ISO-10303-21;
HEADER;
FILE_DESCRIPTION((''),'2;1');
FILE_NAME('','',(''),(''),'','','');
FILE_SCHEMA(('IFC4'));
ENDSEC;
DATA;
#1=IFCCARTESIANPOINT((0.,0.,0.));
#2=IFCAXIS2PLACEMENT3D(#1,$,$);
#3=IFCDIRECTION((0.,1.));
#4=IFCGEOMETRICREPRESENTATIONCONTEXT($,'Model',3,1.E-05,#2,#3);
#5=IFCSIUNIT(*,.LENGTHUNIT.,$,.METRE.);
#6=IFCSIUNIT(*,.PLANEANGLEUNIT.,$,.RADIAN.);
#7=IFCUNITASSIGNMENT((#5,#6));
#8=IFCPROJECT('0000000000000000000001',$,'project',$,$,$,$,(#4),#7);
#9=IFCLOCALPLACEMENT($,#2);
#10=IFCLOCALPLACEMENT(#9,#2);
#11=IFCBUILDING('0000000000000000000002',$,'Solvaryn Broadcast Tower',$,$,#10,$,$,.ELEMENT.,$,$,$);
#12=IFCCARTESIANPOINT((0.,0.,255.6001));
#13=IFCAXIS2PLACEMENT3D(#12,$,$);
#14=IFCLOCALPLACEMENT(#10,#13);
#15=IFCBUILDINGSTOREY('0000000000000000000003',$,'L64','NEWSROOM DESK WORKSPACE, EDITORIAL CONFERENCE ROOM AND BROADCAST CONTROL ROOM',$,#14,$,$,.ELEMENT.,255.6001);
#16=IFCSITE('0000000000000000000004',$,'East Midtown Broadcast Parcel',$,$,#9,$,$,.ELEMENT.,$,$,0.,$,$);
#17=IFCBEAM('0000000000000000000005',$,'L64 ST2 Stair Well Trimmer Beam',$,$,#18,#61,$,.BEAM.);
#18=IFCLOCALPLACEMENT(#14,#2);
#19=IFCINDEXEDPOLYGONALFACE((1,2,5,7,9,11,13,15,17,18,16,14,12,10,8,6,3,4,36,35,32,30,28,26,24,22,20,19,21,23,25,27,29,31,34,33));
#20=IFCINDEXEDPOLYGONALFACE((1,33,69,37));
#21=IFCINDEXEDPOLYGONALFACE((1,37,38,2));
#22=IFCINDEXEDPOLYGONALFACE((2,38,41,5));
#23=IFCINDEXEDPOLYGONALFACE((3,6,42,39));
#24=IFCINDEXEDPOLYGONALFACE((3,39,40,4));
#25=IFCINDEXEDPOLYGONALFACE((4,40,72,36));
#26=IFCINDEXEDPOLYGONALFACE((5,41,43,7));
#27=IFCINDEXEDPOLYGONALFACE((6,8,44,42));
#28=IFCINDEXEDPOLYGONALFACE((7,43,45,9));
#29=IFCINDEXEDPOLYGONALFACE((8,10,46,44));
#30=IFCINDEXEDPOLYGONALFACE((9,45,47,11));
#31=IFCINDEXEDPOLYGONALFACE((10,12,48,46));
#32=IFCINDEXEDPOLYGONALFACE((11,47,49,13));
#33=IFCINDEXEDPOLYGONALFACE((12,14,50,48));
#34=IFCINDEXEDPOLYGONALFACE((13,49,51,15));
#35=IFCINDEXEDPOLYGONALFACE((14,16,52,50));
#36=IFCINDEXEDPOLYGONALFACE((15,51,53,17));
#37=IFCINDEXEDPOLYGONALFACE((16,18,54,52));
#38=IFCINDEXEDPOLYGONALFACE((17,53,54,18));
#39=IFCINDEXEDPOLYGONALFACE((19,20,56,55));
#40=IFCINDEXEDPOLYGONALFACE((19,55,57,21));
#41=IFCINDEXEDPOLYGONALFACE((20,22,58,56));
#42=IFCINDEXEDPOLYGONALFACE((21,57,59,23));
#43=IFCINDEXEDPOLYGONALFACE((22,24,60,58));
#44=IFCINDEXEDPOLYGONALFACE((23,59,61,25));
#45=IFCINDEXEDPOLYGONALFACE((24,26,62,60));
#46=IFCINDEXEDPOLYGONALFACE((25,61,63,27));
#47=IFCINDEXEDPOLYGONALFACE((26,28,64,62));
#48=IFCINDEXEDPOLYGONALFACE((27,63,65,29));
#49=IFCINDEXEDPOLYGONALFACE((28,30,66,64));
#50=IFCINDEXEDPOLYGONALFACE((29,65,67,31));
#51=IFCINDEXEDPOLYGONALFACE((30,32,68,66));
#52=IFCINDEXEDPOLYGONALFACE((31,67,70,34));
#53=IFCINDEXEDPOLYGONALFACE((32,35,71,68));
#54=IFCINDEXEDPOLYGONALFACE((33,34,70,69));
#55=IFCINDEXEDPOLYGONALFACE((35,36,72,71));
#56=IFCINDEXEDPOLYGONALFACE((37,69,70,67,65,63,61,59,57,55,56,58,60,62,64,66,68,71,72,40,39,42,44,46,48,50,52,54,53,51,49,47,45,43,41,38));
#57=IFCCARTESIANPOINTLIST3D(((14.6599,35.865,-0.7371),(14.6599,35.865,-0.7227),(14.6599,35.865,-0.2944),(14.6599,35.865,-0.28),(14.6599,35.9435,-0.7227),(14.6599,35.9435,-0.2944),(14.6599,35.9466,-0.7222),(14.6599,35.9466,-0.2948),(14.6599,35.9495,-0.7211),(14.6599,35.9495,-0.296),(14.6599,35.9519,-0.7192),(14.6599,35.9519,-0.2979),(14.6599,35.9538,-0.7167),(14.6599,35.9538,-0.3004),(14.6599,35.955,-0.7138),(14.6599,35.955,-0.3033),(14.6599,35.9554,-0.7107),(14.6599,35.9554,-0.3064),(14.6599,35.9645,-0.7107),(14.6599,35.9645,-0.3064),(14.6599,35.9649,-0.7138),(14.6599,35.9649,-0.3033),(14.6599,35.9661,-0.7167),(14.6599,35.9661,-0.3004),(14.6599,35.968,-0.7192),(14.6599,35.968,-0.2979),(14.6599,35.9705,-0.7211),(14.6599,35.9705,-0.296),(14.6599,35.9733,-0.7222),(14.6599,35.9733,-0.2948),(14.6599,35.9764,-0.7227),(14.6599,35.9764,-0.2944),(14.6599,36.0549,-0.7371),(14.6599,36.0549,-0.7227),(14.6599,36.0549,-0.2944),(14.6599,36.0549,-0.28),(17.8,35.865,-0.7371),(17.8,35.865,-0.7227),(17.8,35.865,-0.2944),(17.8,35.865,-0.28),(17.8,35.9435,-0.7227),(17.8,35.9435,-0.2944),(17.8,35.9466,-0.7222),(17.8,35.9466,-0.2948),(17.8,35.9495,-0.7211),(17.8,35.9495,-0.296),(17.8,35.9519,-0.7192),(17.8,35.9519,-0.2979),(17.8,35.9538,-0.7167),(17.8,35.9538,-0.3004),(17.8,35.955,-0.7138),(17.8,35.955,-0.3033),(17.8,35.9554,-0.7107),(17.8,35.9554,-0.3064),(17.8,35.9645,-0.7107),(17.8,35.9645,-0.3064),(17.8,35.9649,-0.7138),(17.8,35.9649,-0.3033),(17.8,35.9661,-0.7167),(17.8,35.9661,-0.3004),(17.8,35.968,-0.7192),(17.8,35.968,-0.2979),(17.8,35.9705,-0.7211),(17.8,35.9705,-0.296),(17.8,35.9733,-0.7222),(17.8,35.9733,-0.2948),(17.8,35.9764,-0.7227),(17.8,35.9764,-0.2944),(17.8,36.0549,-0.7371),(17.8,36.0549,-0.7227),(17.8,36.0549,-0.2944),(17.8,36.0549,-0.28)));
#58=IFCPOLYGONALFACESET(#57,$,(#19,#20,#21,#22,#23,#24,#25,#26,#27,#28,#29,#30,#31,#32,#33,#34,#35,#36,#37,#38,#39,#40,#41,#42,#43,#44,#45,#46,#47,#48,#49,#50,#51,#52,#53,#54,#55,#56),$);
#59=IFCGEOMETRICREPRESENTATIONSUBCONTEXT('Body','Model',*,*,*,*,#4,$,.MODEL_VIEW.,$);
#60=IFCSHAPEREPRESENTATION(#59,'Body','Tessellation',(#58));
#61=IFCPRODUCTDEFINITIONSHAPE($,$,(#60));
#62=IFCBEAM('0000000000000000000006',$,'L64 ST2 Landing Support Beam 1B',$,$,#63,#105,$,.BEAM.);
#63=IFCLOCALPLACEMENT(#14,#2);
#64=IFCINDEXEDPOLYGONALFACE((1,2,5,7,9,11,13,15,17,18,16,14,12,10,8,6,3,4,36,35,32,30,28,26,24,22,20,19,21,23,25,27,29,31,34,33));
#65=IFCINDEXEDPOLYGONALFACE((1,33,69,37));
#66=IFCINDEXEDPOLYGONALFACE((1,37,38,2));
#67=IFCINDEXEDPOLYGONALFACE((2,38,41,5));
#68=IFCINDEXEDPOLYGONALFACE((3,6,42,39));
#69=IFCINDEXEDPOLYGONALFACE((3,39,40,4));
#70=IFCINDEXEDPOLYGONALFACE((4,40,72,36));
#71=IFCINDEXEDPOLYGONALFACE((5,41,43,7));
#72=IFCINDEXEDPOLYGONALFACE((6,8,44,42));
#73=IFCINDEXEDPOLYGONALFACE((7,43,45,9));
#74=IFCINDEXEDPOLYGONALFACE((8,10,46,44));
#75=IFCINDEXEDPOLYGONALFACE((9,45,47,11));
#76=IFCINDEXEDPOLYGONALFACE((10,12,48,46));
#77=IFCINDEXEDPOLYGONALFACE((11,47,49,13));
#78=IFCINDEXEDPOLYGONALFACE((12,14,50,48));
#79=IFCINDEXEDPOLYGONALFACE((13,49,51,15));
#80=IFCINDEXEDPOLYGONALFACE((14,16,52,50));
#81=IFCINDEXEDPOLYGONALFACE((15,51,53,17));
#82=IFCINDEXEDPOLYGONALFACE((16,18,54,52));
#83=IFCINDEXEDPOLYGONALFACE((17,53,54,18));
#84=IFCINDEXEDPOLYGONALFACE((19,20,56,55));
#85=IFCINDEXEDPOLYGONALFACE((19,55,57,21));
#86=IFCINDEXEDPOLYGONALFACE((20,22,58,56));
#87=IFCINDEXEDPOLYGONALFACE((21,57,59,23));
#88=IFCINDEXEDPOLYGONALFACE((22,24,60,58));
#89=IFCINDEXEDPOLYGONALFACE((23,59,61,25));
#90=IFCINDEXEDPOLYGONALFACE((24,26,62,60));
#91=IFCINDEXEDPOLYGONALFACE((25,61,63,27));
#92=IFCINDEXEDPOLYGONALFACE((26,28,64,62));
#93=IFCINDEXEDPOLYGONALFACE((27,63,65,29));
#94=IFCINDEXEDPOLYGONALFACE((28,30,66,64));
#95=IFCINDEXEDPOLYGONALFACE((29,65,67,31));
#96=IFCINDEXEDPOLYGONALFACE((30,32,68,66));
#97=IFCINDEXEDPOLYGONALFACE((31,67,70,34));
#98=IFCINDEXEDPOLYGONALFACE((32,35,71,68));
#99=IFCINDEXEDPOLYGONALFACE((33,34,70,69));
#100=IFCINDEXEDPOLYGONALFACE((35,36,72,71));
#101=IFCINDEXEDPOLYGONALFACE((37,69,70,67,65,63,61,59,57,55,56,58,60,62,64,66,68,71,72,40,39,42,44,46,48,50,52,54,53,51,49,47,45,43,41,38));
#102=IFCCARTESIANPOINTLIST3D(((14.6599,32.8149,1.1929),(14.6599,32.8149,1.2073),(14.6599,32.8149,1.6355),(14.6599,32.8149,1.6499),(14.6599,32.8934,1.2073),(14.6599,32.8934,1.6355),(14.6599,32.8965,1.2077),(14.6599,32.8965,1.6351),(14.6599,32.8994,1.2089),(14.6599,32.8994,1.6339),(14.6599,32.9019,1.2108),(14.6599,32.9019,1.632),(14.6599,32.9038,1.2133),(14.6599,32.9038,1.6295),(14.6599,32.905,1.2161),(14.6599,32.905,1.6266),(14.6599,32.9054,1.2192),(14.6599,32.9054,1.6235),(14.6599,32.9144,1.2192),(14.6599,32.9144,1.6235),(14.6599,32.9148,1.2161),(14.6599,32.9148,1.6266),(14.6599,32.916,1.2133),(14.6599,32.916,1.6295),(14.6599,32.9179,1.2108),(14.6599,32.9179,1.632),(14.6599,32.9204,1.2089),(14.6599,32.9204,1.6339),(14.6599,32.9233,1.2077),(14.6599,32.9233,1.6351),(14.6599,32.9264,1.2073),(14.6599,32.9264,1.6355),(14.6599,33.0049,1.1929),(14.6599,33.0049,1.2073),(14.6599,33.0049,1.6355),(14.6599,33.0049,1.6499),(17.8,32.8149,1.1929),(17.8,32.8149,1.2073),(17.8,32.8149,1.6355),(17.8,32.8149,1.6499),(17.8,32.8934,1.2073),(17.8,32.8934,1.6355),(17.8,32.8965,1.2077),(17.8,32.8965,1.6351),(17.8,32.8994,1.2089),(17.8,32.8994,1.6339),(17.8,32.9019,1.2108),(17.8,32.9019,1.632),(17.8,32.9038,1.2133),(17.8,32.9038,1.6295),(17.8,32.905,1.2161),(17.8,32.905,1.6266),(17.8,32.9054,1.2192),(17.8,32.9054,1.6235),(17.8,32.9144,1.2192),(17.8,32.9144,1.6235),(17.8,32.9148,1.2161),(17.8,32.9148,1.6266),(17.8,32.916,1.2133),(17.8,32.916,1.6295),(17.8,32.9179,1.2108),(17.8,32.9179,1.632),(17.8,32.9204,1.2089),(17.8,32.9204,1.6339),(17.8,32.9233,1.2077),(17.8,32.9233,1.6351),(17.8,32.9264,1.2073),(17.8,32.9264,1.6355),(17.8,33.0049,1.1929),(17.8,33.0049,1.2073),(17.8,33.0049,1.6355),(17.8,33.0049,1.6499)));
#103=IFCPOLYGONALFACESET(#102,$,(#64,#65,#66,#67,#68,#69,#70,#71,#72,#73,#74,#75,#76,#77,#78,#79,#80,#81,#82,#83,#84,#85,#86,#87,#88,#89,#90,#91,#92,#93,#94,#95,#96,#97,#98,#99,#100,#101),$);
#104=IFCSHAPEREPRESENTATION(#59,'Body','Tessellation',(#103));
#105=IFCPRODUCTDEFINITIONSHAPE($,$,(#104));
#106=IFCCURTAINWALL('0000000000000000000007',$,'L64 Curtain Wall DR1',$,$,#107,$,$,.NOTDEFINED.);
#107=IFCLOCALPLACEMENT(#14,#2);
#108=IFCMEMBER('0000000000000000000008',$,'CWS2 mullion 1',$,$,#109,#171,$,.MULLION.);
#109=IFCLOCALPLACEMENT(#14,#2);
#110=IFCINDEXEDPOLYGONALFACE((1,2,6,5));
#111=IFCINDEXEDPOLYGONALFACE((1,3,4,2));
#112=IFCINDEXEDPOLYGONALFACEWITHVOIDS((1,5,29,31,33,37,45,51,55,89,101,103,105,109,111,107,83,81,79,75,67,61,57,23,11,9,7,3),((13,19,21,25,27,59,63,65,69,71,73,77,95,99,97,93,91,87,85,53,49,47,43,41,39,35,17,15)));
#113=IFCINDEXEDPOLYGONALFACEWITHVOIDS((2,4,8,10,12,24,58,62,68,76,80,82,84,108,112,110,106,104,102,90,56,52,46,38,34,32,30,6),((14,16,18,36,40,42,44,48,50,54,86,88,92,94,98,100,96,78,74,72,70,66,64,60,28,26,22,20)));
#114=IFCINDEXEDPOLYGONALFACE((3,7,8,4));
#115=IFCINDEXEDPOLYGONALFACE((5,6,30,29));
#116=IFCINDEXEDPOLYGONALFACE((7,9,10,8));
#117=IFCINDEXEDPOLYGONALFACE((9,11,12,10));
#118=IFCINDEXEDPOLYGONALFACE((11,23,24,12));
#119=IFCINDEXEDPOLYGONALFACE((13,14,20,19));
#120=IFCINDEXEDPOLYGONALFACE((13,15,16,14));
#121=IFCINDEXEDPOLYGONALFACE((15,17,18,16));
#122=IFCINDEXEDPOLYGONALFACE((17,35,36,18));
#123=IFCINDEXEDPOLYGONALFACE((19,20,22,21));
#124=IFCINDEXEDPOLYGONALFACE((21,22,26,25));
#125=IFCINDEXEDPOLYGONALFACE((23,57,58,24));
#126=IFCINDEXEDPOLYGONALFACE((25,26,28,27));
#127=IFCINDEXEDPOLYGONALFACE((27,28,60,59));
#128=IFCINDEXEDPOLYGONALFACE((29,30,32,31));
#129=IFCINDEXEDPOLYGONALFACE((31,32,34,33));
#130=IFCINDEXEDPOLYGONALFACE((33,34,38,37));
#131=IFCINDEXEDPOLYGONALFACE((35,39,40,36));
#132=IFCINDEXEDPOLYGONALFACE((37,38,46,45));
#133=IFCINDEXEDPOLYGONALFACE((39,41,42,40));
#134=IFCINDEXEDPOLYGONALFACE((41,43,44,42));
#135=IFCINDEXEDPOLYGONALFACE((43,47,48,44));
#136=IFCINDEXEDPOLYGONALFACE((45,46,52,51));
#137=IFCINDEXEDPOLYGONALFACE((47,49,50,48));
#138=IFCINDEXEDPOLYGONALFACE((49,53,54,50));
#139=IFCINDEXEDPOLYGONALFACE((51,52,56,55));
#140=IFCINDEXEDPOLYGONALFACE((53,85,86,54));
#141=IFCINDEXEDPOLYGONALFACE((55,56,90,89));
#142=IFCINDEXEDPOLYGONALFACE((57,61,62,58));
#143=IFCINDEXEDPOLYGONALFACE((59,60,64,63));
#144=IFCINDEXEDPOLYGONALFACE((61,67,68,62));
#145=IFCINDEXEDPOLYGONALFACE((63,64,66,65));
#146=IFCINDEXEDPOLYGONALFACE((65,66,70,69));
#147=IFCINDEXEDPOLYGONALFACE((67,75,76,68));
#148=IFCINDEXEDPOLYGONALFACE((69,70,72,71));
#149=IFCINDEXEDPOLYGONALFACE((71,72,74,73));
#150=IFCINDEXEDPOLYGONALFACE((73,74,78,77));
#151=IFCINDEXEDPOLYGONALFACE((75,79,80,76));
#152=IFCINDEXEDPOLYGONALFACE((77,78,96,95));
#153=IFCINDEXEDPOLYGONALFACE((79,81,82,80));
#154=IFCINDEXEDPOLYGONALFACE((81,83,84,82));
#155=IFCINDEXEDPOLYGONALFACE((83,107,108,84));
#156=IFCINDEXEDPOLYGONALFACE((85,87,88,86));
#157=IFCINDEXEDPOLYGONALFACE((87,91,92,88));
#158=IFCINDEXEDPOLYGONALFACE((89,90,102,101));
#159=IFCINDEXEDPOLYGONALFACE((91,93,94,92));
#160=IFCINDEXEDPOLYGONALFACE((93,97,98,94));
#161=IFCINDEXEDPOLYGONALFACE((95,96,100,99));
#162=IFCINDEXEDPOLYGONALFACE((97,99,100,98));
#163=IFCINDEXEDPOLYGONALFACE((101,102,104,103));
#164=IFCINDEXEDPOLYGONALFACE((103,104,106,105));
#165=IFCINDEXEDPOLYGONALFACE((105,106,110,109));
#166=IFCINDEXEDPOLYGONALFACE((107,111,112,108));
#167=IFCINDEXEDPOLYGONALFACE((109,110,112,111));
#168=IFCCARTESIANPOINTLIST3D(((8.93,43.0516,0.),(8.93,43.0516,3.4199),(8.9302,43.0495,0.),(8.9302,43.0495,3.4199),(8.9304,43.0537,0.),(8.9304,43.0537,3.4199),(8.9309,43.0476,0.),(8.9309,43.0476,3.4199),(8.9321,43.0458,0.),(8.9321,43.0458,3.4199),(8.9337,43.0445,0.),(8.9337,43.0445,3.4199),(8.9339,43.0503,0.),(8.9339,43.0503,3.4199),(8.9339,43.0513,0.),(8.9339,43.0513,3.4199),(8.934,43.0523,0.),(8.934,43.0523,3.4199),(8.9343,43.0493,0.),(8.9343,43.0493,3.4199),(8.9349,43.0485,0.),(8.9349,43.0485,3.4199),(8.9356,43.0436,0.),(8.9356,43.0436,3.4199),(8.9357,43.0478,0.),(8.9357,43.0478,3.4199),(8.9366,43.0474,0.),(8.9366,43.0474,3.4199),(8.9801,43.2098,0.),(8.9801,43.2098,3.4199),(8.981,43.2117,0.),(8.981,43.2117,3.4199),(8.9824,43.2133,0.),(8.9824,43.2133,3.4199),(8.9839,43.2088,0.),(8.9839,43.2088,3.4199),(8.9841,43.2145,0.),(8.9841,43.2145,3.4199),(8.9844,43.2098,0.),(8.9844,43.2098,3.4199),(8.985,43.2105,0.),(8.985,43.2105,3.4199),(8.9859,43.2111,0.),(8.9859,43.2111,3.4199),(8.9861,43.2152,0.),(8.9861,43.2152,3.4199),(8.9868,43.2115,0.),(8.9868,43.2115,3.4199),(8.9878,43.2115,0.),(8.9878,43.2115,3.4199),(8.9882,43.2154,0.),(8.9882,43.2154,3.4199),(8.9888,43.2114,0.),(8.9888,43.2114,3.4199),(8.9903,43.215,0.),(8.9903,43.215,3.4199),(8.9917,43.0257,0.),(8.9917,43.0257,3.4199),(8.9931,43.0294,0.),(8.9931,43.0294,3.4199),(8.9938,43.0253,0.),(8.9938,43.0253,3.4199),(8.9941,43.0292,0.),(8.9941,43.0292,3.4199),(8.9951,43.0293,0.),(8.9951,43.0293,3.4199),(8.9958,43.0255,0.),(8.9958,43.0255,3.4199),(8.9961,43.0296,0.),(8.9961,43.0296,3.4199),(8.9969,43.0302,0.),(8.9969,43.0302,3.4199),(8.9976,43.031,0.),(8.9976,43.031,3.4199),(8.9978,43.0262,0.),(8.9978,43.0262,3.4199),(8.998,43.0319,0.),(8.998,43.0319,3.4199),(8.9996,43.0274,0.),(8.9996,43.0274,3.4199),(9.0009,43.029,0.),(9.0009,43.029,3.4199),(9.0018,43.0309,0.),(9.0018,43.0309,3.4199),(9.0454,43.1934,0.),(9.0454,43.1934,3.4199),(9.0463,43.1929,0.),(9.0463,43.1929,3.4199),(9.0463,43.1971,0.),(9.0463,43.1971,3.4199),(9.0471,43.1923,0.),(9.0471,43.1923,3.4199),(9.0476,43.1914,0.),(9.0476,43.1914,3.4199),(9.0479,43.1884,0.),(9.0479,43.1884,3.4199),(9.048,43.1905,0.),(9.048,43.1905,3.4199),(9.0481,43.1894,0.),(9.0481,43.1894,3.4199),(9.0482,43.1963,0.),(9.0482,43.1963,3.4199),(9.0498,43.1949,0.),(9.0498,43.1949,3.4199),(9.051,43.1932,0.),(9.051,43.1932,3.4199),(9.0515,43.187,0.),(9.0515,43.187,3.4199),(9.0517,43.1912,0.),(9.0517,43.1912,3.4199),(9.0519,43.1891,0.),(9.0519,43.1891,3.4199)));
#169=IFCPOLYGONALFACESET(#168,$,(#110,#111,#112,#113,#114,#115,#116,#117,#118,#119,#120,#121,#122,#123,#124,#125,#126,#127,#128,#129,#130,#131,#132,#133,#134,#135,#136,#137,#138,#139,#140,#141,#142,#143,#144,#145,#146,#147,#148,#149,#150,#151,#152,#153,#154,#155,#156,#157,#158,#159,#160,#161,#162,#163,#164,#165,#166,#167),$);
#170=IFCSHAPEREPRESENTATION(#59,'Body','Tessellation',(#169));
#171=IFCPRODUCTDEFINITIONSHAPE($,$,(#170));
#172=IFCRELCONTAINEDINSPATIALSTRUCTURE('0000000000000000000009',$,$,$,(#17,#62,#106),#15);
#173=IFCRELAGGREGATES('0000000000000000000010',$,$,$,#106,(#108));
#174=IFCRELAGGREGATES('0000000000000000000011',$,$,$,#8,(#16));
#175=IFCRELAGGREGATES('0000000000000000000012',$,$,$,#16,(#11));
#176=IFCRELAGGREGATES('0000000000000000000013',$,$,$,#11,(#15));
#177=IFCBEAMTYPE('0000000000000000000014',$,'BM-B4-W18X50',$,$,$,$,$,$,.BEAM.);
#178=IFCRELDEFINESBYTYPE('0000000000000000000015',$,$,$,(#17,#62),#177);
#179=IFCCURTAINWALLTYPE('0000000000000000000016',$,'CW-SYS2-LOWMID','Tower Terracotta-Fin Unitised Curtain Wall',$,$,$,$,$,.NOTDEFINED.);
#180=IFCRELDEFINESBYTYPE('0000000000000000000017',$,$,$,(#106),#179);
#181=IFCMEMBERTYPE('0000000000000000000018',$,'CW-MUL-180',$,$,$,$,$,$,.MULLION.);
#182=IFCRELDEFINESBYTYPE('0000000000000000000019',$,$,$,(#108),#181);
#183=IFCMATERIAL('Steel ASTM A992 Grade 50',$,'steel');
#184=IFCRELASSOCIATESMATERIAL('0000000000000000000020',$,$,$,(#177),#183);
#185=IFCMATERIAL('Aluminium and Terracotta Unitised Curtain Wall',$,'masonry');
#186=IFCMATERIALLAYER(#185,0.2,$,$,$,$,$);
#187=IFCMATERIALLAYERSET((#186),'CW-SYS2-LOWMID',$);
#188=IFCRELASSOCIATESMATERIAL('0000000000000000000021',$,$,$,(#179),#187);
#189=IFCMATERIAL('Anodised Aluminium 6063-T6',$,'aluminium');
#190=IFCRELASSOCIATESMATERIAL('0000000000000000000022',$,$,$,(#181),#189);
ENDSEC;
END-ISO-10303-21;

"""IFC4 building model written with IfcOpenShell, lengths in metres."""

from ifc_helpers import new_model, si_unit, direction, frame, origin, origin_2d, place, context, subcontext, project, spatial, hollow_rectangle, i_section, extrude, material, layer, layer_set, material_profile, profile_set, type_object, element, aggregate, save


model = new_model("IFC4")

# Units and contexts
model_context = context("Model", 3, precision=1e-05, world=origin(), true_north=direction((0.0, 1.0)))
body_context = subcontext(model_context, "Body", "Model", "MODEL_VIEW")
ifc_project = project(units=[si_unit("LENGTHUNIT", "METRE"), si_unit("PLANEANGLEUNIT", "RADIAN")], contexts=[model_context])

# Site, building, storey
site_placement = place(None, origin())
site = spatial("IfcSite", under=ifc_project, at=site_placement, Name="East Midtown Broadcast Parcel", CompositionType="ELEMENT", RefElevation=0.0)
building_placement = place(site_placement, origin())
building = spatial("IfcBuilding", under=site, at=building_placement, Name="Solvaryn Broadcast Tower", CompositionType="ELEMENT")
storey_placement = place(building_placement, frame((0.0, 0.0, 255.6001)))
storey = spatial("IfcBuildingStorey", under=building, at=storey_placement, Name="L64", Description="NEWSROOM DESK WORKSPACE, EDITORIAL CONFERENCE ROOM AND BROADCAST CONTROL ROOM", CompositionType="ELEMENT", Elevation=255.6001)

# Beams
ifc_material_1 = material(Name="Steel ASTM A992 Grade 50", Category="steel")
ifc_material_profile_1 = material_profile(ifc_material_1, i_section(OverallWidth=0.1899, OverallDepth=0.457, WebThickness=0.009, FlangeThickness=0.0144, FilletRadius=0.012, at=origin_2d()))
ifc_profile_set_1 = profile_set([ifc_material_profile_1], Name="Steel ASTM A992 Grade 50")
beam_type_1 = type_object("IfcBeamType", Name="BM-B4-W18X50", PredefinedType="BEAM", material=ifc_profile_set_1)
for number, where, z_axis, x_axis, name in (
    (1, (14.6599, 35.96, -0.5085), (1.0, 0.0, 0.0), (0.0, 1.0, 0.0), "L64 ST2 Stair Well Trimmer Beam"),
    (2, (14.6599, 32.9099, 1.4214), (1.0, 0.0, 0.0), (0.0, 1.0, 0.0), "L64 ST2 Landing Support Beam 1B"),
):
    element("IfcBeam", number, at=place(storey_placement, frame(where, z_axis=z_axis, x_axis=x_axis)), inside=storey, type_object=beam_type_1, Name=name, PredefinedType="BEAM", context=body_context, shape_type="SweptSolid", body=[
        extrude(i_section(OverallWidth=0.1899, OverallDepth=0.457, WebThickness=0.009, FlangeThickness=0.0144, FilletRadius=0.012, at=origin_2d()), origin(), (0.0, 0.0, 1.0), 3.1401),
    ])

# Curtain wall, member
ifc_material_2 = material(Name="Aluminium and Terracotta Unitised Curtain Wall", Category="masonry")
ifc_layer_1 = layer(ifc_material_2, 0.2)
ifc_layer_set_1 = layer_set([ifc_layer_1], Name="CW-SYS2-LOWMID")
curtain_wall_type = type_object("IfcCurtainWallType", Name="CW-SYS2-LOWMID", Description="Tower Terracotta-Fin Unitised Curtain Wall", PredefinedType="NOTDEFINED", material=ifc_layer_set_1)
curtain_wall_1_placement = place(storey_placement, origin())
curtain_wall_1 = element("IfcCurtainWall", 3, at=curtain_wall_1_placement, inside=storey, type_object=curtain_wall_type, Name="L64 Curtain Wall DR1", PredefinedType="NOTDEFINED")
ifc_material_3 = material(Name="Anodised Aluminium 6063-T6", Category="aluminium")
ifc_material_profile_2 = material_profile(ifc_material_3, hollow_rectangle(XDim=0.075, YDim=0.1799, WallThickness=0.0039, InnerFilletRadius=0.0039, OuterFilletRadius=0.0081, at=origin_2d()))
ifc_profile_set_2 = profile_set([ifc_material_profile_2], Name="Anodised Aluminium 6063-T6")
member_type_1 = type_object("IfcMemberType", Name="CW-MUL-180", PredefinedType="MULLION", material=ifc_profile_set_2)
member_1_placement = place(storey_placement, frame((8.991, 43.1204, 0.0), z_axis=(0.0, 0.0, 1.0), x_axis=(0.952795, -0.303616, 0.0)))
member_1 = element("IfcMember", 4, at=member_1_placement, type_object=member_type_1, Name="CWS2 mullion 1", PredefinedType="MULLION", context=body_context, shape_type="SweptSolid", body=[
    extrude(hollow_rectangle(XDim=0.075, YDim=0.1799, WallThickness=0.0039, InnerFilletRadius=0.0039, OuterFilletRadius=0.0081, at=origin_2d()), origin(), (0.0, 0.0, 1.0), 3.4199),
])

aggregate(curtain_wall_1, [member_1])

save(model, "model.ifc")
